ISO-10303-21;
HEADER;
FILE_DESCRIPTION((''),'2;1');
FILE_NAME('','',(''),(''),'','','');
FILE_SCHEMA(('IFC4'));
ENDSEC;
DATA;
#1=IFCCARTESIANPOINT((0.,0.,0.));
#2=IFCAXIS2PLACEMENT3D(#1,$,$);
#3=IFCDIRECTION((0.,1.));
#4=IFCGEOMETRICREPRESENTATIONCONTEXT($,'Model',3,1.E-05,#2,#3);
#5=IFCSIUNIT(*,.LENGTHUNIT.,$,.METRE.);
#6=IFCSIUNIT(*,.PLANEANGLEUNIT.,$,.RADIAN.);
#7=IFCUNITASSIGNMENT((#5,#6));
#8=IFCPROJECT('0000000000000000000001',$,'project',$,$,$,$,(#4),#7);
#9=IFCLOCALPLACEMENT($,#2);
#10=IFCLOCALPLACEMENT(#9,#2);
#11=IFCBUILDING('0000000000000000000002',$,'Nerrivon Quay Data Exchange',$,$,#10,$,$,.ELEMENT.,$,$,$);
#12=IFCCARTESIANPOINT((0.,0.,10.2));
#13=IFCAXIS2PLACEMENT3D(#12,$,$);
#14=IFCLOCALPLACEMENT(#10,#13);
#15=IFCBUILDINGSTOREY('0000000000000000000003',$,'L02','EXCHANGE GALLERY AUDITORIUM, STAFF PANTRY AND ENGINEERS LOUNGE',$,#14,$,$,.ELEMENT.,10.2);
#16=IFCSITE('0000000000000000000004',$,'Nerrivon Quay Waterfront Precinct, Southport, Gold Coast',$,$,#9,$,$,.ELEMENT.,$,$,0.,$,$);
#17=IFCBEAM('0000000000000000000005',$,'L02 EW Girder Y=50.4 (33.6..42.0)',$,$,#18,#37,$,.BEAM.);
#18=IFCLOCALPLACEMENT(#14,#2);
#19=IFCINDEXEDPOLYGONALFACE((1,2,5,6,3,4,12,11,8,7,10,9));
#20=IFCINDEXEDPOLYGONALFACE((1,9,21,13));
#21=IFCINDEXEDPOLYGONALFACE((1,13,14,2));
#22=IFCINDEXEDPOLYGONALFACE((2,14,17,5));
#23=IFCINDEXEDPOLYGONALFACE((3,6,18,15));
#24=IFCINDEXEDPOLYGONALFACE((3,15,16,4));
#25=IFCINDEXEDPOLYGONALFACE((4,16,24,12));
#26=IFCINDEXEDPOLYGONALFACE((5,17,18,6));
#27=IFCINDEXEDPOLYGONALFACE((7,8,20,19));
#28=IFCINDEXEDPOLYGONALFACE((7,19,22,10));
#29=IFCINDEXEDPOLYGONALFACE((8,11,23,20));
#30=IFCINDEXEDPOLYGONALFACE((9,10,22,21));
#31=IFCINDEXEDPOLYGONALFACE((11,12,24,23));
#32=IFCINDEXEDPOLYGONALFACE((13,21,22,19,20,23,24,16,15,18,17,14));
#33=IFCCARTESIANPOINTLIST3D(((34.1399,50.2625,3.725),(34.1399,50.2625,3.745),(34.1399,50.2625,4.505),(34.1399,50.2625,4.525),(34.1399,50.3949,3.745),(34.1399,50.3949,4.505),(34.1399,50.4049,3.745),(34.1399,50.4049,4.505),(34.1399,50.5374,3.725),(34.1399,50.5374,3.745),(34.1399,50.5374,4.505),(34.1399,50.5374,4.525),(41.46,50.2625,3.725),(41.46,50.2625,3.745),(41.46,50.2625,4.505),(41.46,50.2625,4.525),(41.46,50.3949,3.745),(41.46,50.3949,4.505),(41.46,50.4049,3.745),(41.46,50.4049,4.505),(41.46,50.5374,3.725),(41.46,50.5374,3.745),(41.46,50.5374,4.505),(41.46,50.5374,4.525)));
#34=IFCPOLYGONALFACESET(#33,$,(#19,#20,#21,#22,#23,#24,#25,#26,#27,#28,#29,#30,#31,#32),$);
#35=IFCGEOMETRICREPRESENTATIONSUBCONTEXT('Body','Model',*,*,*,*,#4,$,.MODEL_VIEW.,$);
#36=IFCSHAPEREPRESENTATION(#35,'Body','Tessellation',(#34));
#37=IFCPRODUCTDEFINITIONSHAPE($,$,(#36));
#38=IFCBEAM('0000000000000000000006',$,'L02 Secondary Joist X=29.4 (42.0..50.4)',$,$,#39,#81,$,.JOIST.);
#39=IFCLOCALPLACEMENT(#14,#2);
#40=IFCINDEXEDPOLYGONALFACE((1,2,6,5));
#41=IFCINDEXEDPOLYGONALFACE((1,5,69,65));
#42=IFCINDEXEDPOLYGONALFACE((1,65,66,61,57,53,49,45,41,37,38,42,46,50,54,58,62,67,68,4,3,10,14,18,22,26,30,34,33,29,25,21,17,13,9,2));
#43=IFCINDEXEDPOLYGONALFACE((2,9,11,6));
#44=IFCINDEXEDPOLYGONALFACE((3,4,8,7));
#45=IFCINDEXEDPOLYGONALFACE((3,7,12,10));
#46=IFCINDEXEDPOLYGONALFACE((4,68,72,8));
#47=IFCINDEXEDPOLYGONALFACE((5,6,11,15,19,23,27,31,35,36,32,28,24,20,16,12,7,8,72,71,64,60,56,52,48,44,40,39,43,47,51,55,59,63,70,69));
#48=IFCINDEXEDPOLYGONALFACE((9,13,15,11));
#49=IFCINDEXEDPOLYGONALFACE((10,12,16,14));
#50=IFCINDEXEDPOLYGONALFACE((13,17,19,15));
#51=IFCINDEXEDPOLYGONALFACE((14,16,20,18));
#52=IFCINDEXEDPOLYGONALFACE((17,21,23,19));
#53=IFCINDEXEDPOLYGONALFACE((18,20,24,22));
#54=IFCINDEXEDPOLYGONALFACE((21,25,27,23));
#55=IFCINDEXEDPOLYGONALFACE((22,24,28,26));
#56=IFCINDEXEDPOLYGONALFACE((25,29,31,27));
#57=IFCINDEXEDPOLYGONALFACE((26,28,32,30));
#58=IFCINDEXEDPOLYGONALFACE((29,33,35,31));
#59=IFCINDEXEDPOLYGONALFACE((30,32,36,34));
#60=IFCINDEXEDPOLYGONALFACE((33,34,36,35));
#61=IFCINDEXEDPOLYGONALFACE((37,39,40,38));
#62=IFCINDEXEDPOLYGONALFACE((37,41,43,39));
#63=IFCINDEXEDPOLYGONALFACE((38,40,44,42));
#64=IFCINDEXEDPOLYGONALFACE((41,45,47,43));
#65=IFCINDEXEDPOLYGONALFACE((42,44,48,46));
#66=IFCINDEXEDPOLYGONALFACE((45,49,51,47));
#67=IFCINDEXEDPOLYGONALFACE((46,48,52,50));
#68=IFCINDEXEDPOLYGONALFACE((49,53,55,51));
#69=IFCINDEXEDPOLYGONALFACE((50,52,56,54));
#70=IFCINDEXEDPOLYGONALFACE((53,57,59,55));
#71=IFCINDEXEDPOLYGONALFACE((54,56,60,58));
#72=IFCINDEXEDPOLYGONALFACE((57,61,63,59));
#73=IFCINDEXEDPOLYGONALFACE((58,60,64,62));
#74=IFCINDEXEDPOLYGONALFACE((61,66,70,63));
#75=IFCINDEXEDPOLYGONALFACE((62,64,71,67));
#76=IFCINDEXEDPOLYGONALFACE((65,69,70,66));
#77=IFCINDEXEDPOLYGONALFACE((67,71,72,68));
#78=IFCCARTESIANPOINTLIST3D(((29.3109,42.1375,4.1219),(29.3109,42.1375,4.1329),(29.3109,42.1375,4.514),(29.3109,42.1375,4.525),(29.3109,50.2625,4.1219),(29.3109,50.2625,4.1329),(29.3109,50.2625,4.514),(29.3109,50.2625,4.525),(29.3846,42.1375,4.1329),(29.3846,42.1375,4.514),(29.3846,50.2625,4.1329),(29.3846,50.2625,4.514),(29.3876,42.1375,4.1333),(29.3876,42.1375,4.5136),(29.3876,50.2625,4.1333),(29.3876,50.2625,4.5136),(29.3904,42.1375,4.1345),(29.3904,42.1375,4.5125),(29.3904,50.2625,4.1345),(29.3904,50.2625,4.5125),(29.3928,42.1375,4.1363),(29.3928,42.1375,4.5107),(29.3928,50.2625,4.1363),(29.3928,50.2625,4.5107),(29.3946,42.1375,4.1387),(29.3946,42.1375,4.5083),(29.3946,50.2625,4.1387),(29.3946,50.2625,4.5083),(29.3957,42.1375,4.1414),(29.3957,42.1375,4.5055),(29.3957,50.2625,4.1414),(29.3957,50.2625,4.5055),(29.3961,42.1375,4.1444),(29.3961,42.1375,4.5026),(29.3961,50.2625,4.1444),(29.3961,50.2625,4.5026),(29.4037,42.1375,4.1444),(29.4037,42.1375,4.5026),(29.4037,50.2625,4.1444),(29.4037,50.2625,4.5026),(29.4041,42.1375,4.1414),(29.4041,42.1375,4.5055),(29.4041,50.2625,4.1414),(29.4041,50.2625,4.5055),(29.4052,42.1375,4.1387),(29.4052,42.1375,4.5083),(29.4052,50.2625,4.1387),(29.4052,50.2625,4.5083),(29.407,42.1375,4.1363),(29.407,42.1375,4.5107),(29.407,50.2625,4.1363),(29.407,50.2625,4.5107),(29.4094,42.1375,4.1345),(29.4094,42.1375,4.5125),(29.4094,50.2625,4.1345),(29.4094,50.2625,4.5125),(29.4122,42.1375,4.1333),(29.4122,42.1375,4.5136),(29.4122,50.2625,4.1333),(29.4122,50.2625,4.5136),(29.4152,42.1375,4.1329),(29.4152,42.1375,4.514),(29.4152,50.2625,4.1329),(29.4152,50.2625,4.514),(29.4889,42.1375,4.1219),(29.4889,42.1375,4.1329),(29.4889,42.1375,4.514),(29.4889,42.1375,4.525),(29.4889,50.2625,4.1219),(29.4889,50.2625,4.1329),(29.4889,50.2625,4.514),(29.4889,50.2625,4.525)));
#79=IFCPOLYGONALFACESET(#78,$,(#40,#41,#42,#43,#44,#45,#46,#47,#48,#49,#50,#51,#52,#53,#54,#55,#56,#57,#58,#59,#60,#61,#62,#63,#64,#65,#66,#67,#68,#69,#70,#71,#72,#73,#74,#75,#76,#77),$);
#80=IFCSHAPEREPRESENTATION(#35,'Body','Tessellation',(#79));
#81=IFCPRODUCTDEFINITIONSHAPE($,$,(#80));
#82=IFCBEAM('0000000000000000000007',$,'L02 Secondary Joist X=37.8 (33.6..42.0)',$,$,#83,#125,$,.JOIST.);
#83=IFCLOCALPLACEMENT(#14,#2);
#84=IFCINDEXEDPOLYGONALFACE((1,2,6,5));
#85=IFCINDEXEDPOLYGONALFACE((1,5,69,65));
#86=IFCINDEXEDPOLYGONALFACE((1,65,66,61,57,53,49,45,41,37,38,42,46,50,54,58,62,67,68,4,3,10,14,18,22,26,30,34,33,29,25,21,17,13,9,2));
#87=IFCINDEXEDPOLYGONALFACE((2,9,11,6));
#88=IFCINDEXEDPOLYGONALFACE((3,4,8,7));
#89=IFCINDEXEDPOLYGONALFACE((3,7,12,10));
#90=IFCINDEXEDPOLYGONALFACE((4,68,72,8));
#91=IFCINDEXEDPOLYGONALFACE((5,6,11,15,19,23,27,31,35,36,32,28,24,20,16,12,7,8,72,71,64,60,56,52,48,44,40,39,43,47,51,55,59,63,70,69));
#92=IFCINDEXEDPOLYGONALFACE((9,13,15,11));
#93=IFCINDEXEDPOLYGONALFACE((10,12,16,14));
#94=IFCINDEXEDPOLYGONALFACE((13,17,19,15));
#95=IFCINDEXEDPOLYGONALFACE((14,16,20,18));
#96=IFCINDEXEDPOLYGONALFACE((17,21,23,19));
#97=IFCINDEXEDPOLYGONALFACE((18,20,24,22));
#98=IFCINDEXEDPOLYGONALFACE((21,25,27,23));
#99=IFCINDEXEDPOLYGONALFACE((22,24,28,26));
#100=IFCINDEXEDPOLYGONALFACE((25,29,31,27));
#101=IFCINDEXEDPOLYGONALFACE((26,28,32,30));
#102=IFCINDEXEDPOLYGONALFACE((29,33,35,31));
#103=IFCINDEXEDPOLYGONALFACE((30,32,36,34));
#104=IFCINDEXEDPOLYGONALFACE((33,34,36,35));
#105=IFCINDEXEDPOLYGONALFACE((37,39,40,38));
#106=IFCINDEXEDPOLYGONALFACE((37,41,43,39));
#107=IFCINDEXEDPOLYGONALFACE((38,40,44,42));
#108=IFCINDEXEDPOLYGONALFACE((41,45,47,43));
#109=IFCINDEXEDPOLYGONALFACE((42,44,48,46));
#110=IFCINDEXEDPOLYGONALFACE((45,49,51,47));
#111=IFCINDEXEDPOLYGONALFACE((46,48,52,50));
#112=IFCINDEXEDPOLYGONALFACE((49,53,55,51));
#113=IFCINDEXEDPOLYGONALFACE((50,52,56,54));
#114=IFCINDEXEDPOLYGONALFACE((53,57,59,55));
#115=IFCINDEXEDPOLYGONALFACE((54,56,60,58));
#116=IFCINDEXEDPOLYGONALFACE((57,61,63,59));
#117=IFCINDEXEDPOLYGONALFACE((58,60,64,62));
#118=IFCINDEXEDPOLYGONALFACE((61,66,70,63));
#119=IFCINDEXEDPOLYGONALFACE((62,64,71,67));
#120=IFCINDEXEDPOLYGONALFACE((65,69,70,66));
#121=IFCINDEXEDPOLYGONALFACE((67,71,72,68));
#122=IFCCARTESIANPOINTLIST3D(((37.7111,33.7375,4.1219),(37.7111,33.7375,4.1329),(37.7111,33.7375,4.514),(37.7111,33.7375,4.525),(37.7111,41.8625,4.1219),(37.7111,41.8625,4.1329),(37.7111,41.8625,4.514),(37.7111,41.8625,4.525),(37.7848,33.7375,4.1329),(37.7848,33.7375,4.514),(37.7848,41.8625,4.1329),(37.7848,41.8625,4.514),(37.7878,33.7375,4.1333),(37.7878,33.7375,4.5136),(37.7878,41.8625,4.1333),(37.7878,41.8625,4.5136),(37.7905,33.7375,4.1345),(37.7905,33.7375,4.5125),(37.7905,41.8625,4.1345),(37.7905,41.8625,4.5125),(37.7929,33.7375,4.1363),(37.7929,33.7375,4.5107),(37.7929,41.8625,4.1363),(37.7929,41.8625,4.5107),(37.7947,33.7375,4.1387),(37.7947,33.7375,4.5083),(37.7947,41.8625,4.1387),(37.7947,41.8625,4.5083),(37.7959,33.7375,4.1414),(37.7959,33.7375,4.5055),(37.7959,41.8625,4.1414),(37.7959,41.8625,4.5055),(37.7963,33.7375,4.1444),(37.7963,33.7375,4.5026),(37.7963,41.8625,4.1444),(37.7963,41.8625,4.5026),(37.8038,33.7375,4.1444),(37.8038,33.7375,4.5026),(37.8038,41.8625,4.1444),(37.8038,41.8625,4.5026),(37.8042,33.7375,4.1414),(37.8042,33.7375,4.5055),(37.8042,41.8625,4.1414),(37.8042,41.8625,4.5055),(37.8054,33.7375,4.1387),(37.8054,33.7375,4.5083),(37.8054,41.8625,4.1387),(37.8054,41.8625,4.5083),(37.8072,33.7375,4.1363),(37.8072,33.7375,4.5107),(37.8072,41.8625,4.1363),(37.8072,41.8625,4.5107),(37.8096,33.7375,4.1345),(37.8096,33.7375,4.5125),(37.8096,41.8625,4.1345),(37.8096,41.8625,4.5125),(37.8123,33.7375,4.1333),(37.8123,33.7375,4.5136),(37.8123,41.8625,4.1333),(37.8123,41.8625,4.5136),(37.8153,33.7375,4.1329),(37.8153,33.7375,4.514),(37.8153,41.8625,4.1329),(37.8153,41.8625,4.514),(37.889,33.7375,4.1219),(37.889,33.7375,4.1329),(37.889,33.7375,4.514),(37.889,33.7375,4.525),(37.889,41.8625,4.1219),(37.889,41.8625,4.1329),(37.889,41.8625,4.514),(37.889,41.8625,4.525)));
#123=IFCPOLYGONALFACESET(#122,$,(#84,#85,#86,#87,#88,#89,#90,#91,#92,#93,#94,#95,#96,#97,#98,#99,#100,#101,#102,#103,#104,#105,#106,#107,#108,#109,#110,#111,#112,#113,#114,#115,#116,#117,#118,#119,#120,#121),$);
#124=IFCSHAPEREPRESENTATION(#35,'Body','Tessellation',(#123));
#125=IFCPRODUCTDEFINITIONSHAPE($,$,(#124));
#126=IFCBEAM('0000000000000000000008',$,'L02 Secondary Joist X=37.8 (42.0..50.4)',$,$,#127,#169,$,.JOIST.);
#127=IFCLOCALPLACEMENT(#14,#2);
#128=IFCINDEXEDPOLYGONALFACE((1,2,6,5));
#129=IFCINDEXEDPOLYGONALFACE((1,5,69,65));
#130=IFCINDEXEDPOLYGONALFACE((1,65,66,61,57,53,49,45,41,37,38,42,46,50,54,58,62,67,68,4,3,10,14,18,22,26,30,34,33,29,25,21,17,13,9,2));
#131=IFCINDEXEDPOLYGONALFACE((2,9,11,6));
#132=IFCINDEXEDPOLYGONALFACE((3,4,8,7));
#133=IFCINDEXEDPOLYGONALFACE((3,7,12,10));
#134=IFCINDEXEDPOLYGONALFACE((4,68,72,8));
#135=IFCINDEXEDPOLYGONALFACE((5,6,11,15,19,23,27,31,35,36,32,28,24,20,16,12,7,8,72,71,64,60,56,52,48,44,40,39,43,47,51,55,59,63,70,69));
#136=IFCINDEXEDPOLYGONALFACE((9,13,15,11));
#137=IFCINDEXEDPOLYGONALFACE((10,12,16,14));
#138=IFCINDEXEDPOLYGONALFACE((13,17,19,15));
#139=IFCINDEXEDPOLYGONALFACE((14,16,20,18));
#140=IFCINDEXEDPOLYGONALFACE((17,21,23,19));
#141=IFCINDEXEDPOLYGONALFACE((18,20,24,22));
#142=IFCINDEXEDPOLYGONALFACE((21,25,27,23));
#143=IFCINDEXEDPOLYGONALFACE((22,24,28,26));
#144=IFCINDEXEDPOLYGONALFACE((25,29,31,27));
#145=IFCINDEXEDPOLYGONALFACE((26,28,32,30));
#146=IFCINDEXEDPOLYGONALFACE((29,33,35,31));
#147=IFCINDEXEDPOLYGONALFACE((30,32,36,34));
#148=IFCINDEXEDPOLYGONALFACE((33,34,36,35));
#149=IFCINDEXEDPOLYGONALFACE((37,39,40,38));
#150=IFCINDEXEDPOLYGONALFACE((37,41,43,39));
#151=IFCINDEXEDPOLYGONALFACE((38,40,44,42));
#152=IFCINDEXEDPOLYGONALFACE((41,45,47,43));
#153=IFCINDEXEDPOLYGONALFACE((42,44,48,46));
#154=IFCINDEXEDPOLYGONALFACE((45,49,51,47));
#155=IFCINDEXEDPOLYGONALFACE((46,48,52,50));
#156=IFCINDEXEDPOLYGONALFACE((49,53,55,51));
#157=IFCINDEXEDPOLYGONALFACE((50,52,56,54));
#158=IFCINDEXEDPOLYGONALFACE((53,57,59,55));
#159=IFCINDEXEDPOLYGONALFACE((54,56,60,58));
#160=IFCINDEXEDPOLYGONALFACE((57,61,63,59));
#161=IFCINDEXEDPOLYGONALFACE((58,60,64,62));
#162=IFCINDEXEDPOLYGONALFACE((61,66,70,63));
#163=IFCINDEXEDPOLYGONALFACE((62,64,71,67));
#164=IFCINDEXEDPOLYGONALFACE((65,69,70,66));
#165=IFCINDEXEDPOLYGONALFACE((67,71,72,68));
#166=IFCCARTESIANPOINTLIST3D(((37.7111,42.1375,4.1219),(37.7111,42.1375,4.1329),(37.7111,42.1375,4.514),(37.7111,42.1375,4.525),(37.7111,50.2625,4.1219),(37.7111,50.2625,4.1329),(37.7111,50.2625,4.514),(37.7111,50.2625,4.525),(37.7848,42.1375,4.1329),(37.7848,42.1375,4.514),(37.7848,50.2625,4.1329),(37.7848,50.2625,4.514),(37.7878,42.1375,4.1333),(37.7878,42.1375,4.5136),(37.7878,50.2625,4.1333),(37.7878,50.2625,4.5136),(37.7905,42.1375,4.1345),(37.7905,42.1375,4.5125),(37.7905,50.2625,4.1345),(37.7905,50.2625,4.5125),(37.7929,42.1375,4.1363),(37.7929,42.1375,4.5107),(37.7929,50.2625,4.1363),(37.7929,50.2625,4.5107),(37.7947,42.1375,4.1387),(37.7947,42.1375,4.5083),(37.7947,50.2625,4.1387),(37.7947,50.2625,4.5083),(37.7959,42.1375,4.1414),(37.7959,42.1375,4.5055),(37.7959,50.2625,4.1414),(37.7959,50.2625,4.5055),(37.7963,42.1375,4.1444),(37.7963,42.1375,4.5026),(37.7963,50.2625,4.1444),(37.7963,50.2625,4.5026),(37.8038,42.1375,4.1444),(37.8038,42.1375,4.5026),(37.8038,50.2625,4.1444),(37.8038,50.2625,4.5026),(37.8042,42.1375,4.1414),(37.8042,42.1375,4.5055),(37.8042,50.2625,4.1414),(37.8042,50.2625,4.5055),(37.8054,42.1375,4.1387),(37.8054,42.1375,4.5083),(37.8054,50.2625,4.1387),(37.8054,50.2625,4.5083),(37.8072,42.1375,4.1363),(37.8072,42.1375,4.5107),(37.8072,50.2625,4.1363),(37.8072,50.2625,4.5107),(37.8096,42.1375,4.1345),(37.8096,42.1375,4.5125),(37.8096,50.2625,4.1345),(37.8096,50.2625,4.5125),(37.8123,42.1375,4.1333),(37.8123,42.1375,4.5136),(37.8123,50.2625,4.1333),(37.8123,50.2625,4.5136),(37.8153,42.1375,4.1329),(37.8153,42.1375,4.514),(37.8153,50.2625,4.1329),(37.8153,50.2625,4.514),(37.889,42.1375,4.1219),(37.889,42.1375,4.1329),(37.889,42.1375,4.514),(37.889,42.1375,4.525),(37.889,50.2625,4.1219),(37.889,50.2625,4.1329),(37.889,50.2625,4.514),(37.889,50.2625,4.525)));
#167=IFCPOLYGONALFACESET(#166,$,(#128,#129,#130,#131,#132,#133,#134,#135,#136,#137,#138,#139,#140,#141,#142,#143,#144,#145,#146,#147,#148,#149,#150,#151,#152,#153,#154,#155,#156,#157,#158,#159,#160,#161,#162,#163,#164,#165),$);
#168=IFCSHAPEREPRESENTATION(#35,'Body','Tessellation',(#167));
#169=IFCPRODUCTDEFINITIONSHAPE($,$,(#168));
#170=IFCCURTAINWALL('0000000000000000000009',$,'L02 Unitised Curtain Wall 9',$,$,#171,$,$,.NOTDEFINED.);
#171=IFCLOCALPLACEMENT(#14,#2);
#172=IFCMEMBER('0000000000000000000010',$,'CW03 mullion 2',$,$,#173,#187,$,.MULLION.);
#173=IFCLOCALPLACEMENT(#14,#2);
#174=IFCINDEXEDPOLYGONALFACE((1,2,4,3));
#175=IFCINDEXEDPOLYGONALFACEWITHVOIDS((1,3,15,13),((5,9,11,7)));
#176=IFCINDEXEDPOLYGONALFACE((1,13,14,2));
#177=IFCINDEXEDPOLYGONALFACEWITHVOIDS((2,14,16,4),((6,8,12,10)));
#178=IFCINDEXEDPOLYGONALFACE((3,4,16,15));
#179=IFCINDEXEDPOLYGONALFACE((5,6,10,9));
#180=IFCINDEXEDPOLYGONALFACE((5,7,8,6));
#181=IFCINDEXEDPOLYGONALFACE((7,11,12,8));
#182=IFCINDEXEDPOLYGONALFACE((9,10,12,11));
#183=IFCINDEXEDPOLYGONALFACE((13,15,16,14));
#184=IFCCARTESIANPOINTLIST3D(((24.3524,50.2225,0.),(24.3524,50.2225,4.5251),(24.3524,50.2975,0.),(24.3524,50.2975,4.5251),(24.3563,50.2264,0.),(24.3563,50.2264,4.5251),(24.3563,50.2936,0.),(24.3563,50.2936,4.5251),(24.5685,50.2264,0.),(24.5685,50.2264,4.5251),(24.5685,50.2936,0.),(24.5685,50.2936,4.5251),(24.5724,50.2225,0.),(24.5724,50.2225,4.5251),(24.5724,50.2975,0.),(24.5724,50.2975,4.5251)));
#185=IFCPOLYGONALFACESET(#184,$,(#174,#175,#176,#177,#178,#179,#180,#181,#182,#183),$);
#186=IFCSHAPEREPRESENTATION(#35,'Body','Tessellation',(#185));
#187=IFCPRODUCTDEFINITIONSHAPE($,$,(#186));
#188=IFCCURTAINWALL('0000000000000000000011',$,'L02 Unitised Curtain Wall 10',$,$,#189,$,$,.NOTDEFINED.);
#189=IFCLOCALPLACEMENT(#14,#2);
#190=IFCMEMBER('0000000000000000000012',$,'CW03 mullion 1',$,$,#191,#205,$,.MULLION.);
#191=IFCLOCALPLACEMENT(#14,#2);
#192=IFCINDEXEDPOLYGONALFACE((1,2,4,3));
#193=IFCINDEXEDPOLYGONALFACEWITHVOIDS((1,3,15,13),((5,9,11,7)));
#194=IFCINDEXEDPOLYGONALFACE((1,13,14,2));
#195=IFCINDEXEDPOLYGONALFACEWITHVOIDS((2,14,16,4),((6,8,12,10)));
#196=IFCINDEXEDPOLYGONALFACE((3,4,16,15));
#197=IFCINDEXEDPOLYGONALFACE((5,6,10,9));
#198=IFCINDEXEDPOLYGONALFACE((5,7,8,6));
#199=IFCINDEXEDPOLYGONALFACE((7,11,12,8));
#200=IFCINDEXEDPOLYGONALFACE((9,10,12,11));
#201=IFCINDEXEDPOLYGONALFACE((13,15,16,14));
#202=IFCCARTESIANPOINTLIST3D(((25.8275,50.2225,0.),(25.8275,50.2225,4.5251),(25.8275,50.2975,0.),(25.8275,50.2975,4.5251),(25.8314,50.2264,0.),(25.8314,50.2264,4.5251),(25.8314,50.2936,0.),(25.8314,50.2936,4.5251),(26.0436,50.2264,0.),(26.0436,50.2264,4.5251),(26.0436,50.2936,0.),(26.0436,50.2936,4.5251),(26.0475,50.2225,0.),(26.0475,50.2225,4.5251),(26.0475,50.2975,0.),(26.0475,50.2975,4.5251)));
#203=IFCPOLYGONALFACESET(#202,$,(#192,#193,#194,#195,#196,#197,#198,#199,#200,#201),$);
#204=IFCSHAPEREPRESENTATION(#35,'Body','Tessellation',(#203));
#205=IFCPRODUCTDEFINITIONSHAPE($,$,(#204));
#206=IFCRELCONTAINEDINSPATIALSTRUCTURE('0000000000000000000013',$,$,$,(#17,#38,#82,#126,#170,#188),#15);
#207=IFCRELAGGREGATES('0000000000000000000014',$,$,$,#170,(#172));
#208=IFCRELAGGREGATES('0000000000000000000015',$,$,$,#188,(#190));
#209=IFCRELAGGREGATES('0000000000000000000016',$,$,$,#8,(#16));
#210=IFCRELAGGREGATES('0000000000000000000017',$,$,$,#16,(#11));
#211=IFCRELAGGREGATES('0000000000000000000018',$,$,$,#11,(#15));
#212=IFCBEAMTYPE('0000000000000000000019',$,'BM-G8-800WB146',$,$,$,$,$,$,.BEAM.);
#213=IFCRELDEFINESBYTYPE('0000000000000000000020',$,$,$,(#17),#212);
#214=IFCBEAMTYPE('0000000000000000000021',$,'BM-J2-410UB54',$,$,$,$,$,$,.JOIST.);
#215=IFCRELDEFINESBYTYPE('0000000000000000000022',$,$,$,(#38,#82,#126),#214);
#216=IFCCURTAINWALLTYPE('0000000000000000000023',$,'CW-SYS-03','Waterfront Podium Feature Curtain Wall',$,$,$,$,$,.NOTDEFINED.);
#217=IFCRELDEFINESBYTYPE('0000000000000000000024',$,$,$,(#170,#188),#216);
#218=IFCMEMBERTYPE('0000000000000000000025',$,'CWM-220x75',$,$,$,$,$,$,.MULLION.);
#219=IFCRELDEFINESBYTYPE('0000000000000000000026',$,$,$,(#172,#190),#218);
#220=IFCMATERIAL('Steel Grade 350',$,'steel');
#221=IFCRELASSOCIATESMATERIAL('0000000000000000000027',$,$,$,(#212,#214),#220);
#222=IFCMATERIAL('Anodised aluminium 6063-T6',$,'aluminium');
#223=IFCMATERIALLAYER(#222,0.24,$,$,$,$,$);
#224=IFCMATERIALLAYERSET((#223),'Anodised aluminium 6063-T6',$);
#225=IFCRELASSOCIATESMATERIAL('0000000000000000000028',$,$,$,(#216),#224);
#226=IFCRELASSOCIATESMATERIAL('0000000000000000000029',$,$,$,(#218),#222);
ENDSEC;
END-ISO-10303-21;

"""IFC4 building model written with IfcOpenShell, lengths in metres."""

from ifc_helpers import new_model, si_unit, direction, frame, origin, origin_2d, place, context, subcontext, project, spatial, hollow_rectangle, i_section, extrude, material, layer, layer_set, material_profile, profile_set, type_object, element, aggregate, save


model = new_model("IFC4")

# Units and contexts
model_context = context("Model", 3, precision=1e-05, world=origin(), true_north=direction((0.0, 1.0)))
body_context = subcontext(model_context, "Body", "Model", "MODEL_VIEW")
ifc_project = project(units=[si_unit("LENGTHUNIT", "METRE"), si_unit("PLANEANGLEUNIT", "RADIAN")], contexts=[model_context])

# Site, building, storey
site_placement = place(None, origin())
site = spatial("IfcSite", under=ifc_project, at=site_placement, Name="Nerrivon Quay Waterfront Precinct, Southport, Gold Coast", CompositionType="ELEMENT", RefElevation=0.0)
building_placement = place(site_placement, origin())
building = spatial("IfcBuilding", under=site, at=building_placement, Name="Nerrivon Quay Data Exchange", CompositionType="ELEMENT")
storey_placement = place(building_placement, frame((0.0, 0.0, 10.2)))
storey = spatial("IfcBuildingStorey", under=building, at=storey_placement, Name="L02", Description="EXCHANGE GALLERY AUDITORIUM, STAFF PANTRY AND ENGINEERS LOUNGE", CompositionType="ELEMENT", Elevation=10.2)

# Beams
ifc_material_1 = material(Name="Steel Grade 350", Category="steel")
ifc_material_profile_1 = material_profile(ifc_material_1, i_section(OverallWidth=0.2749, OverallDepth=0.8, WebThickness=0.01, FlangeThickness=0.02, at=origin_2d()), Name="800WB146")
ifc_profile_set_1 = profile_set([ifc_material_profile_1], Name="Steel Grade 350")
beam_type_1 = type_object("IfcBeamType", Name="BM-G8-800WB146", PredefinedType="BEAM", material=ifc_profile_set_1)
for number, where, z_axis, x_axis, name in (
    (1, (34.1399, 50.3999, 4.125), (1.0, 0.0, 0.0), (0.0, 1.0, 0.0), "L02 EW Girder Y=50.4 (33.6..42.0)"),
):
    element("IfcBeam", number, at=place(storey_placement, frame(where, z_axis=z_axis, x_axis=x_axis)), inside=storey, type_object=beam_type_1, Name=name, PredefinedType="BEAM", context=body_context, shape_type="SweptSolid", body=[
        extrude(i_section(OverallWidth=0.2749, OverallDepth=0.8, WebThickness=0.01, FlangeThickness=0.02, at=origin_2d()), origin(), (0.0, 0.0, 1.0), 7.3201),
    ])
ifc_material_profile_2 = material_profile(ifc_material_1, i_section(OverallWidth=0.178, OverallDepth=0.4031, WebThickness=0.0076, FlangeThickness=0.011, FilletRadius=0.0115, at=origin_2d()), Name="410UB53.7")
ifc_profile_set_2 = profile_set([ifc_material_profile_2], Name="Steel Grade 350")
beam_type_2 = type_object("IfcBeamType", Name="BM-J2-410UB54", PredefinedType="JOIST", material=ifc_profile_set_2)
for number, where, z_axis, x_axis, name in (
    (2, (29.3999, 42.1375, 4.3235), (0.0, 1.0, 0.0), (-1.0, 0.0, 0.0), "L02 Secondary Joist X=29.4 (42.0..50.4)"),
    (3, (37.8, 33.7375, 4.3235), (0.0, 1.0, 0.0), (-1.0, 0.0, 0.0), "L02 Secondary Joist X=37.8 (33.6..42.0)"),
    (4, (37.8, 42.1375, 4.3235), (0.0, 1.0, 0.0), (-1.0, 0.0, 0.0), "L02 Secondary Joist X=37.8 (42.0..50.4)"),
):
    element("IfcBeam", number, at=place(storey_placement, frame(where, z_axis=z_axis, x_axis=x_axis)), inside=storey, type_object=beam_type_2, Name=name, PredefinedType="JOIST", context=body_context, shape_type="SweptSolid", body=[
        extrude(i_section(OverallWidth=0.178, OverallDepth=0.4031, WebThickness=0.0076, FlangeThickness=0.011, FilletRadius=0.0115, at=origin_2d()), origin(), (0.0, 0.0, 1.0), 8.125),
    ])

# Curtain wall, member
ifc_material_2 = material(Name="Anodised aluminium 6063-T6", Category="aluminium")
ifc_layer_1 = layer(ifc_material_2, 0.24)
ifc_layer_set_1 = layer_set([ifc_layer_1], Name="Anodised aluminium 6063-T6")
curtain_wall_type = type_object("IfcCurtainWallType", Name="CW-SYS-03", Description="Waterfront Podium Feature Curtain Wall", PredefinedType="NOTDEFINED", material=ifc_layer_set_1)
curtain_wall_1_placement = place(storey_placement, origin())
curtain_wall_1 = element("IfcCurtainWall", 5, at=curtain_wall_1_placement, inside=storey, type_object=curtain_wall_type, Name="L02 Unitised Curtain Wall 9", PredefinedType="NOTDEFINED")
ifc_material_profile_3 = material_profile(ifc_material_2, hollow_rectangle(XDim=0.075, YDim=0.22, WallThickness=0.0039, at=origin_2d()), Name="ALU-MULL-220x75")
ifc_profile_set_3 = profile_set([ifc_material_profile_3], Name="Anodised aluminium 6063-T6")
member_type_1 = type_object("IfcMemberType", Name="CWM-220x75", PredefinedType="MULLION", material=ifc_profile_set_3)
member_1_placement = place(storey_placement, frame((24.4624, 50.26, 0.0), z_axis=(0.0, 0.0, 1.0), x_axis=(0.0, 1.0, 0.0)))
member_1 = element("IfcMember", 6, at=member_1_placement, type_object=member_type_1, Name="CW03 mullion 2", PredefinedType="MULLION", context=body_context, shape_type="SweptSolid", body=[
    extrude(hollow_rectangle(XDim=0.075, YDim=0.22, WallThickness=0.0039, at=origin_2d()), origin(), (0.0, 0.0, 1.0), 4.5251),
])
aggregate(curtain_wall_1, [member_1])

# Curtain wall, member
curtain_wall_2_placement = place(storey_placement, origin())
curtain_wall_2 = element("IfcCurtainWall", 7, at=curtain_wall_2_placement, inside=storey, type_object=curtain_wall_type, Name="L02 Unitised Curtain Wall 10", PredefinedType="NOTDEFINED")
member_2_placement = place(storey_placement, frame((25.9375, 50.26, 0.0), z_axis=(0.0, 0.0, 1.0), x_axis=(0.0, 1.0, 0.0)))
member_2 = element("IfcMember", 8, at=member_2_placement, type_object=member_type_1, Name="CW03 mullion 1", PredefinedType="MULLION", context=body_context, shape_type="SweptSolid", body=[
    extrude(hollow_rectangle(XDim=0.075, YDim=0.22, WallThickness=0.0039, at=origin_2d()), origin(), (0.0, 0.0, 1.0), 4.5251),
])

aggregate(curtain_wall_2, [member_2])

save(model, "model.ifc")
